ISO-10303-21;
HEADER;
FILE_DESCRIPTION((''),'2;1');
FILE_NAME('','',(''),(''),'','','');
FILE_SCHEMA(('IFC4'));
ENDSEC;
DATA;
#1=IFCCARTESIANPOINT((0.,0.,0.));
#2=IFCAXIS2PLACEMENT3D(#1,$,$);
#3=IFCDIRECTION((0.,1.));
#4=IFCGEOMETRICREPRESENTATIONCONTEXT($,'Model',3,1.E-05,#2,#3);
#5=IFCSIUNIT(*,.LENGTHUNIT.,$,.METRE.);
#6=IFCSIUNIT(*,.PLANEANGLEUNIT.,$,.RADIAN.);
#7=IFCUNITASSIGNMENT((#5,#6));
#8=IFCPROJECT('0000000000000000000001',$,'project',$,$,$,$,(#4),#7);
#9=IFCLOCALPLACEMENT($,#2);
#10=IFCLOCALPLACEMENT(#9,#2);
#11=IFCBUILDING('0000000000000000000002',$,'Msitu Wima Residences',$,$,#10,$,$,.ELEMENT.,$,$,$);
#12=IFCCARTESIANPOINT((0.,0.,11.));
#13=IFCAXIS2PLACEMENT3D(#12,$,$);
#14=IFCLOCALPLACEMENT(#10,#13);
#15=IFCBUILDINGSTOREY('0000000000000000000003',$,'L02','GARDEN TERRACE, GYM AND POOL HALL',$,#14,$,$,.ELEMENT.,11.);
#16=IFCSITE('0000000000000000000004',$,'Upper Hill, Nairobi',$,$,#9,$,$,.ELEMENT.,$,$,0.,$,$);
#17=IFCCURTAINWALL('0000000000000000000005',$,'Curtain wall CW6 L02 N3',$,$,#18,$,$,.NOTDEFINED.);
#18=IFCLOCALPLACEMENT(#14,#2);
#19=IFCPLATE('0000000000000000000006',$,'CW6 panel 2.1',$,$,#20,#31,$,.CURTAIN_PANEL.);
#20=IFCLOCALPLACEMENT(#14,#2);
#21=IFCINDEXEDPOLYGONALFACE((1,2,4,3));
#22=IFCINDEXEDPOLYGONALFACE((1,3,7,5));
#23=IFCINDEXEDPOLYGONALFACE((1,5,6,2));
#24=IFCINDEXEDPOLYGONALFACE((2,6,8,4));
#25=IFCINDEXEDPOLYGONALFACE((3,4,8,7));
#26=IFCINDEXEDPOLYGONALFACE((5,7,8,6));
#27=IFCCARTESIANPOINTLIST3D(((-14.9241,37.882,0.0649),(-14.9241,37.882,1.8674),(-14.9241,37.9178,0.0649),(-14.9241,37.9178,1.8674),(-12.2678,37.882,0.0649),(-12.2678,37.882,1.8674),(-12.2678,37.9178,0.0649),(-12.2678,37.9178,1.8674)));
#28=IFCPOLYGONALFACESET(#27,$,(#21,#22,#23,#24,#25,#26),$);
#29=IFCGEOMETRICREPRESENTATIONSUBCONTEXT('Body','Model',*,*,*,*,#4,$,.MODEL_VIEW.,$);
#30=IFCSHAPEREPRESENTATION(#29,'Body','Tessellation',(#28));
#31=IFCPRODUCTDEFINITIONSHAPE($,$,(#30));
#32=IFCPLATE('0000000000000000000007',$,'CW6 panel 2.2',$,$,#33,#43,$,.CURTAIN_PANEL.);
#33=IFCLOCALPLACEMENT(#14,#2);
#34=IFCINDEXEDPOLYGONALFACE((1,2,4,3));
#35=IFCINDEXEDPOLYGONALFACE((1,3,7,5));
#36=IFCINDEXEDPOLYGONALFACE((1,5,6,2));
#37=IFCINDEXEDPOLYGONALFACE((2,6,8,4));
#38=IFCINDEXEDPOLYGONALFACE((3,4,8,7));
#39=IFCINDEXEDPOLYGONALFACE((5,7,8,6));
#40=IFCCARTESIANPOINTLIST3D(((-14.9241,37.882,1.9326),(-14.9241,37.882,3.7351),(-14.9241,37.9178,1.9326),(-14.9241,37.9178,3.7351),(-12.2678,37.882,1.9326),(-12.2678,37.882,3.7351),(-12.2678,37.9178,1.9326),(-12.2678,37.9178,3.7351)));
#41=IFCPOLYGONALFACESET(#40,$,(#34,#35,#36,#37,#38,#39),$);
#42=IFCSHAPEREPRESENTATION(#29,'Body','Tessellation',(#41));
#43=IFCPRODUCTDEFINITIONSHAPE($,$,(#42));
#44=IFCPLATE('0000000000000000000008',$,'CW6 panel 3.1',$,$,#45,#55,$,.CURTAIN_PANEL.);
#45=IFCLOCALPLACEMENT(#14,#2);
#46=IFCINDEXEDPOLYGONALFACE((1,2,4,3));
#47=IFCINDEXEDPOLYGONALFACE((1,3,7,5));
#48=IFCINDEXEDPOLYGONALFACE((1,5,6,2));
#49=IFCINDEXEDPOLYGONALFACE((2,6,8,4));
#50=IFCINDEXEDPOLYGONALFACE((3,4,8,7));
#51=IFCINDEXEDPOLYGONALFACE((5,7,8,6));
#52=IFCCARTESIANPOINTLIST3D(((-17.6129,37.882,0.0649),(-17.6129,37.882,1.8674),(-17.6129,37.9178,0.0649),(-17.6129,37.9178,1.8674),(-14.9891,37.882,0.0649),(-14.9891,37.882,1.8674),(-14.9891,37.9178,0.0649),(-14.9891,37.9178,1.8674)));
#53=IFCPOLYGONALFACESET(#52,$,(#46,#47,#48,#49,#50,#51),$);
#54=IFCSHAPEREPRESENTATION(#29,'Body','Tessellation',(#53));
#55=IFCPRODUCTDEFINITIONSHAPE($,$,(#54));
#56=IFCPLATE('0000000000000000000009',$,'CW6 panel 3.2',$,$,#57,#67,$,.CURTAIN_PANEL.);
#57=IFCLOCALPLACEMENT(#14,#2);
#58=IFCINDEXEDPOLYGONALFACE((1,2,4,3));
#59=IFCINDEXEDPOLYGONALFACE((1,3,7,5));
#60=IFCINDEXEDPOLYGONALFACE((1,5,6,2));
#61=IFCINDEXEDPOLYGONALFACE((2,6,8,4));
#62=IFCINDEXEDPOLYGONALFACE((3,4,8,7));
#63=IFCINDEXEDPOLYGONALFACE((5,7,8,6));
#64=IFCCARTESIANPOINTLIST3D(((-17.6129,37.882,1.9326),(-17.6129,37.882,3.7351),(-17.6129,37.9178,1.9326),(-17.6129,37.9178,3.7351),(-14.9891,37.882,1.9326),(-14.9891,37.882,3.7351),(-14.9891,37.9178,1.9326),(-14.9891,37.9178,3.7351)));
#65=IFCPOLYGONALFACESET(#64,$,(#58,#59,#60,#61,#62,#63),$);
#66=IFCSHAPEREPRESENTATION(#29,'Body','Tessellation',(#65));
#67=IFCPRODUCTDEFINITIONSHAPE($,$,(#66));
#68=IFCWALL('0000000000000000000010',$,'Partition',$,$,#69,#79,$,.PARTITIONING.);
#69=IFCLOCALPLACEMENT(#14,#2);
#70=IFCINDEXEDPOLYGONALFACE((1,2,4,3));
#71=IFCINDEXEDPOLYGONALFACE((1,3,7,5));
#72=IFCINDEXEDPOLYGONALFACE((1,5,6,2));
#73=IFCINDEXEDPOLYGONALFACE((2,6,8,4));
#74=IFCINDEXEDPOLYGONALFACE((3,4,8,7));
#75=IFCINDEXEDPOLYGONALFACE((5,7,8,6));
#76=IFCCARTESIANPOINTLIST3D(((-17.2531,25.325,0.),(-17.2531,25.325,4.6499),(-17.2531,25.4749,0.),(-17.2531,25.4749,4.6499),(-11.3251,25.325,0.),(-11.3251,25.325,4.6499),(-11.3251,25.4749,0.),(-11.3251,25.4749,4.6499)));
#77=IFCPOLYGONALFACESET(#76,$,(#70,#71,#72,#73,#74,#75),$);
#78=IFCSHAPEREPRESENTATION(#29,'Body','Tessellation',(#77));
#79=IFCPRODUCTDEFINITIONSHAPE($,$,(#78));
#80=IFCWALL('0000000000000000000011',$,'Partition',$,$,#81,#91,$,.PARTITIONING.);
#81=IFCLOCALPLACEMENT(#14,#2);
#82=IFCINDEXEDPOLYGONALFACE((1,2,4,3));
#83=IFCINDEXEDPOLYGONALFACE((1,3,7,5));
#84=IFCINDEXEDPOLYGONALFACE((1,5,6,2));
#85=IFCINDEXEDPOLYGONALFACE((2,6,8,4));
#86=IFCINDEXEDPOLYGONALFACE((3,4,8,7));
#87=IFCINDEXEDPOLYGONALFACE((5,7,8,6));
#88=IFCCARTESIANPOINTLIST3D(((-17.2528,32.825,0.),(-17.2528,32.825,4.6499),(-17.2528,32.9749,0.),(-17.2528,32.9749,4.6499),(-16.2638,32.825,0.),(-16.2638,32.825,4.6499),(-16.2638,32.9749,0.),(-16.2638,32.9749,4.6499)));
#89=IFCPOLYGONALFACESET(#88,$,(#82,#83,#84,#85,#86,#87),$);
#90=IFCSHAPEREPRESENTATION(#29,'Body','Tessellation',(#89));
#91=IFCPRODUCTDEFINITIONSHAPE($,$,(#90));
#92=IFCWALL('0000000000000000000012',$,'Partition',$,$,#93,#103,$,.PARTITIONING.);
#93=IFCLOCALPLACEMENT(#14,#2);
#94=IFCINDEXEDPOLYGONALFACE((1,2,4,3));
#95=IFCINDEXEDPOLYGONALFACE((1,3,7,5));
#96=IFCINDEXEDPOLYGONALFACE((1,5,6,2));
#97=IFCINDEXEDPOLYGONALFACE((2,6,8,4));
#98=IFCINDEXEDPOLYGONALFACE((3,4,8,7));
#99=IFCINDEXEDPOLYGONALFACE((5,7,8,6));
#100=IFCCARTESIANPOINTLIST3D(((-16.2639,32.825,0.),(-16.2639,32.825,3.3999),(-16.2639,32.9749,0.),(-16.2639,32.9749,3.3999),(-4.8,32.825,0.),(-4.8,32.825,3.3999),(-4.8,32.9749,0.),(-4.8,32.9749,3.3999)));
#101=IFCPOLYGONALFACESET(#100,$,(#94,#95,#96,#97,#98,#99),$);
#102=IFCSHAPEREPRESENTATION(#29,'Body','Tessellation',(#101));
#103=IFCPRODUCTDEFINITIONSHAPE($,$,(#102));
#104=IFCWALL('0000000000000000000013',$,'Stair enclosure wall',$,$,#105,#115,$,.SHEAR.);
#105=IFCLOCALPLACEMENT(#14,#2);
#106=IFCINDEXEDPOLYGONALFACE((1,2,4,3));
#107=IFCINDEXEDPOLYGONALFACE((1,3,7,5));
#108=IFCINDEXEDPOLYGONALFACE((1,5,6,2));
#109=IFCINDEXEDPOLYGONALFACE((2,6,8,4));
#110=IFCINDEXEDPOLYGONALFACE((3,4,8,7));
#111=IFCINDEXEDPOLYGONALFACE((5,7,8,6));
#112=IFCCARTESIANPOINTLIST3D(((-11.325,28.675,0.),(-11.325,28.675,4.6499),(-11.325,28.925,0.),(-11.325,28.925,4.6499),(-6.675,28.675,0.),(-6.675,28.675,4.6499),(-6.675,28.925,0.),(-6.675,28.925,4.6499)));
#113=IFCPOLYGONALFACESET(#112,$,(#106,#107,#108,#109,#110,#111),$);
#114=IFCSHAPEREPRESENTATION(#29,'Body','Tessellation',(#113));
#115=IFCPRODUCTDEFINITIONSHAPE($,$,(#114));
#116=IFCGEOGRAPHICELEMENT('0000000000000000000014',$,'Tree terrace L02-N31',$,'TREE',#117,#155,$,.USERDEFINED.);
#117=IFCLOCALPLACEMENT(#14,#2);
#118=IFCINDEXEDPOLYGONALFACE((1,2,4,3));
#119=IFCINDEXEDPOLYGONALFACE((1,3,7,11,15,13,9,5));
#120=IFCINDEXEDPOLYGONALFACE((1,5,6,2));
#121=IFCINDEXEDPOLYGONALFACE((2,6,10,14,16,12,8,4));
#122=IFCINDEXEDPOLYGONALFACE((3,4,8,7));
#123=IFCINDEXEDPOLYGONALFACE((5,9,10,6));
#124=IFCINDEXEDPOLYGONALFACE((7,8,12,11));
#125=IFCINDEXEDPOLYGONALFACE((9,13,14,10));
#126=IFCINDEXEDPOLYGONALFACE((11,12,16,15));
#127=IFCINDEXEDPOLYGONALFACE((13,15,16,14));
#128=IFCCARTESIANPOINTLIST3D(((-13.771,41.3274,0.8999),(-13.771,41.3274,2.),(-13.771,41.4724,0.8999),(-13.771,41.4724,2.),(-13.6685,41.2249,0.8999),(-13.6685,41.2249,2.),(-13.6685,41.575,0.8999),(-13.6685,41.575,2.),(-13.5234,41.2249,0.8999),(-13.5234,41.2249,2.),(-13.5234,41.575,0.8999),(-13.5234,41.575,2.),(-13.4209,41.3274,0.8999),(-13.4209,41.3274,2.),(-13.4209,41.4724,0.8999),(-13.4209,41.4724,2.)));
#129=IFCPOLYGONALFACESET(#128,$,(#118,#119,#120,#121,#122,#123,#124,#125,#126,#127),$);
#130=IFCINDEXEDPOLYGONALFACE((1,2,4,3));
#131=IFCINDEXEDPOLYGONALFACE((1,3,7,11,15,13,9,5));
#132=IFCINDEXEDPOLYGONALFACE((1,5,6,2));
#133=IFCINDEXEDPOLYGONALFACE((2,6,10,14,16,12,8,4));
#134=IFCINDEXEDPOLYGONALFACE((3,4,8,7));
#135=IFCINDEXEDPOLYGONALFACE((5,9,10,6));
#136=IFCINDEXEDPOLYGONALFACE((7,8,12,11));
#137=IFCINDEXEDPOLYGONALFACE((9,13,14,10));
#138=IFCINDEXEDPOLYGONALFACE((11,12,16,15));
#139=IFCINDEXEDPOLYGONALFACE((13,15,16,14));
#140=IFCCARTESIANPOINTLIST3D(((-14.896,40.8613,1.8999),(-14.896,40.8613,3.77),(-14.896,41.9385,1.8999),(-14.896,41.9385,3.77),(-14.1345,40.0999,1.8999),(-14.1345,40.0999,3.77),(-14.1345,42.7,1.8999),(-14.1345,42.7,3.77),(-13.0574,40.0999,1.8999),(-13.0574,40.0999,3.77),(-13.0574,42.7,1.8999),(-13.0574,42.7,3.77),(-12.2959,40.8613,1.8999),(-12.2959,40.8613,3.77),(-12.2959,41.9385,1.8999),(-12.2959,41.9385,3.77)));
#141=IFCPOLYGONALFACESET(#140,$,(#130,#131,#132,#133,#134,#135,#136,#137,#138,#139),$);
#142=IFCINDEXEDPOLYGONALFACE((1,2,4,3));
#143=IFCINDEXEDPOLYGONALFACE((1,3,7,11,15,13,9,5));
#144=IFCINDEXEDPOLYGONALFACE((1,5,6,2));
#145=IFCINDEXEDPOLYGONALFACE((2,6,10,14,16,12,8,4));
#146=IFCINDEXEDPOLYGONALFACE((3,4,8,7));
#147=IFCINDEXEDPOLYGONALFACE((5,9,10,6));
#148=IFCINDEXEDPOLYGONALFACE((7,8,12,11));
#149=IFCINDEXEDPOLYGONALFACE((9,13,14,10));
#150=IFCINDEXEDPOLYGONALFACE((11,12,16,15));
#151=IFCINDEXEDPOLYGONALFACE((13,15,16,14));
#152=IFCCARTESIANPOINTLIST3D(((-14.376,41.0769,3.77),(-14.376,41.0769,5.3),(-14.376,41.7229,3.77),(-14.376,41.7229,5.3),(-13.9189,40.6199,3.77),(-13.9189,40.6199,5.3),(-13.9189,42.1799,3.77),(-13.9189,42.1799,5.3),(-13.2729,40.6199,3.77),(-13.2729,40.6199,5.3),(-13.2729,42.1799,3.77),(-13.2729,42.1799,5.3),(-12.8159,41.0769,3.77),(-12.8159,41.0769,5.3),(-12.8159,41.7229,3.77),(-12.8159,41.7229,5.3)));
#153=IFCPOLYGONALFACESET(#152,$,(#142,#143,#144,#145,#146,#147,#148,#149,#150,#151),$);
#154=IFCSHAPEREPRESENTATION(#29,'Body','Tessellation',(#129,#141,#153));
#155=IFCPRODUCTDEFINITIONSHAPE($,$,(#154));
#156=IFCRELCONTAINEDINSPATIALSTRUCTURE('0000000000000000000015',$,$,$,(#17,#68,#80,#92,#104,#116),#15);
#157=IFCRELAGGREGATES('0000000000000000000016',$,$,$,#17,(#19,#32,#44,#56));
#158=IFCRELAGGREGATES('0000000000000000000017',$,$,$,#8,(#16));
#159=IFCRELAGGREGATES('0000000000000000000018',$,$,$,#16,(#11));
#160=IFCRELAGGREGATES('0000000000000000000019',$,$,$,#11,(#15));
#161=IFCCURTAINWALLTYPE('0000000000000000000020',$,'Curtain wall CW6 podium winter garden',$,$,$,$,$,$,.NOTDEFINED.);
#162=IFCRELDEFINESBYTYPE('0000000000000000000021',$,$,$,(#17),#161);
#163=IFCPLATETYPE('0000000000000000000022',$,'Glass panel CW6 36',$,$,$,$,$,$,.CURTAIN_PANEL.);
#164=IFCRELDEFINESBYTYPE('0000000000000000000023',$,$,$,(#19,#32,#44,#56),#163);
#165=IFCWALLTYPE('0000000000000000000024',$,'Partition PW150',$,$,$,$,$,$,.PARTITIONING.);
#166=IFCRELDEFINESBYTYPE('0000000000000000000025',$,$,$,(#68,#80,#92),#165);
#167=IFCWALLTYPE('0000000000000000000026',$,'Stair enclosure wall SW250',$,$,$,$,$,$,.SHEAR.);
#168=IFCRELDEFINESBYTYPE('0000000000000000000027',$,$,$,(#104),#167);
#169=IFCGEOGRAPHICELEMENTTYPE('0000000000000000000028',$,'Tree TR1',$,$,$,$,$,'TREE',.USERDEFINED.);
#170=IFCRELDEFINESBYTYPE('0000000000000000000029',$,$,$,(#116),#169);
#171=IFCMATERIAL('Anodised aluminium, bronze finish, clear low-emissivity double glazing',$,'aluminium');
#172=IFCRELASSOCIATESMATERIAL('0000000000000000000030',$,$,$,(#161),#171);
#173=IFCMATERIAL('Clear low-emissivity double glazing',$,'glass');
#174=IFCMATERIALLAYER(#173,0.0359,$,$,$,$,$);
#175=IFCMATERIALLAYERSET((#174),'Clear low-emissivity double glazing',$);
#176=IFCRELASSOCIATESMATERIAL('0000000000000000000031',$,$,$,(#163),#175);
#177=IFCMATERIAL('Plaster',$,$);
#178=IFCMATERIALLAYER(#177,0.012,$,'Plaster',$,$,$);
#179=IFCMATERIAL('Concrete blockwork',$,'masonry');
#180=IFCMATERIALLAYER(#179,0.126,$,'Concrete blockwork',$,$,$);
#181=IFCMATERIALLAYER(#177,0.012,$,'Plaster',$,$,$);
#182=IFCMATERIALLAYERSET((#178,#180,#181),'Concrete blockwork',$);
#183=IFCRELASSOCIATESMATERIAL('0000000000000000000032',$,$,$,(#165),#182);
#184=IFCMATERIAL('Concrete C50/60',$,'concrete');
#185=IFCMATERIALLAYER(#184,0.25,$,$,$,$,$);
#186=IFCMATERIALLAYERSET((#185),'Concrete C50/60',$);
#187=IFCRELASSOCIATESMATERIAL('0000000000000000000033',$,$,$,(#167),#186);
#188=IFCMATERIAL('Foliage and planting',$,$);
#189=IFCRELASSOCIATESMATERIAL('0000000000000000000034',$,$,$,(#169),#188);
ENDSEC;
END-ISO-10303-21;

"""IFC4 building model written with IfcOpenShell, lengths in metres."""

from ifc_helpers import new_model, si_unit, direction, frame, frame_2d, origin, origin_2d, place, context, subcontext, project, spatial, polyline, rectangle, outline, extrude, material, layer, layer_set, type_object, element, aggregate, save


model = new_model("IFC4")

# Units and contexts
model_context = context("Model", 3, precision=1e-05, world=origin(), true_north=direction((0.0, 1.0)))
body_context = subcontext(model_context, "Body", "Model", "MODEL_VIEW")
ifc_project = project(units=[si_unit("LENGTHUNIT", "METRE"), si_unit("PLANEANGLEUNIT", "RADIAN")], contexts=[model_context])

# Site, building, storey
site_placement = place(None, origin())
site = spatial("IfcSite", under=ifc_project, at=site_placement, Name="Upper Hill, Nairobi", CompositionType="ELEMENT", RefElevation=0.0)
building_placement = place(site_placement, origin())
building = spatial("IfcBuilding", under=site, at=building_placement, Name="Msitu Wima Residences", CompositionType="ELEMENT")
storey_placement = place(building_placement, frame((0.0, 0.0, 11.0)))
storey = spatial("IfcBuildingStorey", under=building, at=storey_placement, Name="L02", Description="GARDEN TERRACE, GYM AND POOL HALL", CompositionType="ELEMENT", Elevation=11.0)

# Curtain wall
ifc_material_1 = material(Name="Anodised aluminium, bronze finish, clear low-emissivity double glazing", Category="aluminium")
curtain_wall_type = type_object("IfcCurtainWallType", Name="Curtain wall CW6 podium winter garden", PredefinedType="NOTDEFINED", material=ifc_material_1)
curtain_wall_placement = place(storey_placement, origin())
curtain_wall = element("IfcCurtainWall", 1, at=curtain_wall_placement, inside=storey, type_object=curtain_wall_type, Name="Curtain wall CW6 L02 N3", PredefinedType="NOTDEFINED")

# Plates
ifc_material_2 = material(Name="Clear low-emissivity double glazing", Category="glass")
ifc_layer_1 = layer(ifc_material_2, 0.0359)
ifc_layer_set_1 = layer_set([ifc_layer_1], Name="Clear low-emissivity double glazing")
plate_type = type_object("IfcPlateType", Name="Glass panel CW6 36", PredefinedType="CURTAIN_PANEL", material=ifc_layer_set_1)
plate_1_placement = place(storey_placement, frame((-13.5959, 37.8999, 0.0649), z_axis=(0.0, 0.0, 1.0), x_axis=(-1.0, 0.0, 0.0)))
plate_1 = element("IfcPlate", 2, at=plate_1_placement, type_object=plate_type, Name="CW6 panel 2.1", PredefinedType="CURTAIN_PANEL", context=body_context, shape_type="SweptSolid", body=[
    extrude(rectangle(XDim=2.6562, YDim=0.0359, at=origin_2d()), origin(), (0.0, 0.0, 1.0), 1.8025),
])
plate_2_placement = place(storey_placement, frame((-13.5959, 37.8999, 1.9326), z_axis=(0.0, 0.0, 1.0), x_axis=(-1.0, 0.0, 0.0)))
plate_2 = element("IfcPlate", 3, at=plate_2_placement, type_object=plate_type, Name="CW6 panel 2.2", PredefinedType="CURTAIN_PANEL", context=body_context, shape_type="SweptSolid", body=[
    extrude(rectangle(XDim=2.6562, YDim=0.0359, at=origin_2d()), origin(), (0.0, 0.0, 1.0), 1.8025),
])
plate_3_placement = place(storey_placement, frame((-16.301, 37.8999, 0.0649), z_axis=(0.0, 0.0, 1.0), x_axis=(-1.0, 0.0, 0.0)))
plate_3 = element("IfcPlate", 4, at=plate_3_placement, type_object=plate_type, Name="CW6 panel 3.1", PredefinedType="CURTAIN_PANEL", context=body_context, shape_type="SweptSolid", body=[
    extrude(rectangle(XDim=2.6238, YDim=0.0359, at=origin_2d()), origin(), (0.0, 0.0, 1.0), 1.8025),
])
plate_4_placement = place(storey_placement, frame((-16.301, 37.8999, 1.9326), z_axis=(0.0, 0.0, 1.0), x_axis=(-1.0, 0.0, 0.0)))
plate_4 = element("IfcPlate", 5, at=plate_4_placement, type_object=plate_type, Name="CW6 panel 3.2", PredefinedType="CURTAIN_PANEL", context=body_context, shape_type="SweptSolid", body=[
    extrude(rectangle(XDim=2.6238, YDim=0.0359, at=origin_2d()), origin(), (0.0, 0.0, 1.0), 1.8025),
])
aggregate(curtain_wall, [plate_1, plate_2, plate_3, plate_4])

# Walls
ifc_material_3 = material(Name="Plaster")
ifc_layer_2 = layer(ifc_material_3, 0.012, Name="Plaster")
ifc_material_4 = material(Name="Concrete blockwork", Category="masonry")
ifc_layer_3 = layer(ifc_material_4, 0.126, Name="Concrete blockwork")
ifc_layer_4 = layer(ifc_material_3, 0.012, Name="Plaster")
ifc_layer_set_2 = layer_set([ifc_layer_2, ifc_layer_3, ifc_layer_4], Name="Concrete blockwork")
wall_type_1 = type_object("IfcWallType", Name="Partition PW150", PredefinedType="PARTITIONING", material=ifc_layer_set_2)
wall_1_placement = place(storey_placement, frame((-17.2529, 25.3999, 0.0), z_axis=(0.0, 0.0, 1.0), x_axis=(1.0, 0.0, 0.0)))
element("IfcWall", 6, at=wall_1_placement, inside=storey, type_object=wall_type_1, Name="Partition", PredefinedType="PARTITIONING", context=body_context, shape_type="SweptSolid", body=[
    extrude(rectangle(XDim=5.928, YDim=0.1499, at=frame_2d((2.9639, 0.0))), origin(), (0.0, 0.0, 1.0), 4.6499),
])
wall_2_placement = place(storey_placement, frame((-17.2529, 32.8999, 0.0), z_axis=(0.0, 0.0, 1.0), x_axis=(1.0, 0.0, 0.0)))
element("IfcWall", 7, at=wall_2_placement, inside=storey, type_object=wall_type_1, Name="Partition", PredefinedType="PARTITIONING", context=body_context, shape_type="SweptSolid", body=[
    extrude(rectangle(XDim=0.989, YDim=0.1499, at=frame_2d((0.4946, 0.0))), origin(), (0.0, 0.0, 1.0), 4.6499),
])
wall_3_placement = place(storey_placement, frame((-16.2639, 32.8999, 0.0), z_axis=(0.0, 0.0, 1.0), x_axis=(1.0, 0.0, 0.0)))
element("IfcWall", 8, at=wall_3_placement, inside=storey, type_object=wall_type_1, Name="Partition", PredefinedType="PARTITIONING", context=body_context, shape_type="SweptSolid", body=[
    extrude(rectangle(XDim=11.4639, YDim=0.1499, at=frame_2d((5.7319, 0.0))), origin(), (0.0, 0.0, 1.0), 3.3999),
])
ifc_material_5 = material(Name="Concrete C50/60", Category="concrete")
ifc_layer_5 = layer(ifc_material_5, 0.25)
ifc_layer_set_3 = layer_set([ifc_layer_5], Name="Concrete C50/60")
wall_type_2 = type_object("IfcWallType", Name="Stair enclosure wall SW250", PredefinedType="SHEAR", material=ifc_layer_set_3)
wall_4_placement = place(storey_placement, frame((-11.325, 28.8, 0.0), z_axis=(0.0, 0.0, 1.0), x_axis=(1.0, 0.0, 0.0)))
element("IfcWall", 9, at=wall_4_placement, inside=storey, type_object=wall_type_2, Name="Stair enclosure wall", PredefinedType="SHEAR", context=body_context, shape_type="SweptSolid", body=[
    extrude(rectangle(XDim=4.6499, YDim=0.25, at=frame_2d((2.325, 0.0))), origin(), (0.0, 0.0, 1.0), 4.6499),
])

# Geographic element
ifc_material_6 = material(Name="Foliage and planting")
geographic_element_type = type_object("IfcGeographicElementType", Name="Tree TR1", ElementType="TREE", PredefinedType="USERDEFINED", material=ifc_material_6)
geographic_element_placement = place(storey_placement, frame((-13.5959, 41.3999, 0.8999), z_axis=(0.0, 0.0, 1.0), x_axis=(1.0, 0.0, 0.0)))
element("IfcGeographicElement", 10, at=geographic_element_placement, inside=storey, type_object=geographic_element_type, Name="Tree terrace L02-N31", ObjectType="TREE", PredefinedType="USERDEFINED", context=body_context, shape_type="SweptSolid", body=[
    extrude(outline(polyline([(0.175, 0.0725), (0.0725, 0.175), (-0.0725, 0.175), (-0.175, 0.0725), (-0.175, -0.0725), (-0.0725, -0.175), (0.0725, -0.175), (0.175, -0.0725), (0.175, 0.0725)])), origin(), (0.0, 0.0, 1.0), 1.1001),
    extrude(outline(polyline([(1.3, 0.5386), (0.5386, 1.3), (-0.5386, 1.3), (-1.3, 0.5386), (-1.3, -0.5386), (-0.5386, -1.3), (0.5386, -1.3), (1.3, -0.5386), (1.3, 0.5386)])), frame((0.0, 0.0, 1.0)), (0.0, 0.0, 1.0), 1.8701),
    extrude(outline(polyline([(0.78, 0.323), (0.323, 0.78), (-0.323, 0.78), (-0.78, 0.323), (-0.78, -0.323), (-0.323, -0.78), (0.323, -0.78), (0.78, -0.323), (0.78, 0.323)])), frame((0.0, 0.0, 2.8701)), (0.0, 0.0, 1.0), 1.53),
])

save(model, "model.ifc")
